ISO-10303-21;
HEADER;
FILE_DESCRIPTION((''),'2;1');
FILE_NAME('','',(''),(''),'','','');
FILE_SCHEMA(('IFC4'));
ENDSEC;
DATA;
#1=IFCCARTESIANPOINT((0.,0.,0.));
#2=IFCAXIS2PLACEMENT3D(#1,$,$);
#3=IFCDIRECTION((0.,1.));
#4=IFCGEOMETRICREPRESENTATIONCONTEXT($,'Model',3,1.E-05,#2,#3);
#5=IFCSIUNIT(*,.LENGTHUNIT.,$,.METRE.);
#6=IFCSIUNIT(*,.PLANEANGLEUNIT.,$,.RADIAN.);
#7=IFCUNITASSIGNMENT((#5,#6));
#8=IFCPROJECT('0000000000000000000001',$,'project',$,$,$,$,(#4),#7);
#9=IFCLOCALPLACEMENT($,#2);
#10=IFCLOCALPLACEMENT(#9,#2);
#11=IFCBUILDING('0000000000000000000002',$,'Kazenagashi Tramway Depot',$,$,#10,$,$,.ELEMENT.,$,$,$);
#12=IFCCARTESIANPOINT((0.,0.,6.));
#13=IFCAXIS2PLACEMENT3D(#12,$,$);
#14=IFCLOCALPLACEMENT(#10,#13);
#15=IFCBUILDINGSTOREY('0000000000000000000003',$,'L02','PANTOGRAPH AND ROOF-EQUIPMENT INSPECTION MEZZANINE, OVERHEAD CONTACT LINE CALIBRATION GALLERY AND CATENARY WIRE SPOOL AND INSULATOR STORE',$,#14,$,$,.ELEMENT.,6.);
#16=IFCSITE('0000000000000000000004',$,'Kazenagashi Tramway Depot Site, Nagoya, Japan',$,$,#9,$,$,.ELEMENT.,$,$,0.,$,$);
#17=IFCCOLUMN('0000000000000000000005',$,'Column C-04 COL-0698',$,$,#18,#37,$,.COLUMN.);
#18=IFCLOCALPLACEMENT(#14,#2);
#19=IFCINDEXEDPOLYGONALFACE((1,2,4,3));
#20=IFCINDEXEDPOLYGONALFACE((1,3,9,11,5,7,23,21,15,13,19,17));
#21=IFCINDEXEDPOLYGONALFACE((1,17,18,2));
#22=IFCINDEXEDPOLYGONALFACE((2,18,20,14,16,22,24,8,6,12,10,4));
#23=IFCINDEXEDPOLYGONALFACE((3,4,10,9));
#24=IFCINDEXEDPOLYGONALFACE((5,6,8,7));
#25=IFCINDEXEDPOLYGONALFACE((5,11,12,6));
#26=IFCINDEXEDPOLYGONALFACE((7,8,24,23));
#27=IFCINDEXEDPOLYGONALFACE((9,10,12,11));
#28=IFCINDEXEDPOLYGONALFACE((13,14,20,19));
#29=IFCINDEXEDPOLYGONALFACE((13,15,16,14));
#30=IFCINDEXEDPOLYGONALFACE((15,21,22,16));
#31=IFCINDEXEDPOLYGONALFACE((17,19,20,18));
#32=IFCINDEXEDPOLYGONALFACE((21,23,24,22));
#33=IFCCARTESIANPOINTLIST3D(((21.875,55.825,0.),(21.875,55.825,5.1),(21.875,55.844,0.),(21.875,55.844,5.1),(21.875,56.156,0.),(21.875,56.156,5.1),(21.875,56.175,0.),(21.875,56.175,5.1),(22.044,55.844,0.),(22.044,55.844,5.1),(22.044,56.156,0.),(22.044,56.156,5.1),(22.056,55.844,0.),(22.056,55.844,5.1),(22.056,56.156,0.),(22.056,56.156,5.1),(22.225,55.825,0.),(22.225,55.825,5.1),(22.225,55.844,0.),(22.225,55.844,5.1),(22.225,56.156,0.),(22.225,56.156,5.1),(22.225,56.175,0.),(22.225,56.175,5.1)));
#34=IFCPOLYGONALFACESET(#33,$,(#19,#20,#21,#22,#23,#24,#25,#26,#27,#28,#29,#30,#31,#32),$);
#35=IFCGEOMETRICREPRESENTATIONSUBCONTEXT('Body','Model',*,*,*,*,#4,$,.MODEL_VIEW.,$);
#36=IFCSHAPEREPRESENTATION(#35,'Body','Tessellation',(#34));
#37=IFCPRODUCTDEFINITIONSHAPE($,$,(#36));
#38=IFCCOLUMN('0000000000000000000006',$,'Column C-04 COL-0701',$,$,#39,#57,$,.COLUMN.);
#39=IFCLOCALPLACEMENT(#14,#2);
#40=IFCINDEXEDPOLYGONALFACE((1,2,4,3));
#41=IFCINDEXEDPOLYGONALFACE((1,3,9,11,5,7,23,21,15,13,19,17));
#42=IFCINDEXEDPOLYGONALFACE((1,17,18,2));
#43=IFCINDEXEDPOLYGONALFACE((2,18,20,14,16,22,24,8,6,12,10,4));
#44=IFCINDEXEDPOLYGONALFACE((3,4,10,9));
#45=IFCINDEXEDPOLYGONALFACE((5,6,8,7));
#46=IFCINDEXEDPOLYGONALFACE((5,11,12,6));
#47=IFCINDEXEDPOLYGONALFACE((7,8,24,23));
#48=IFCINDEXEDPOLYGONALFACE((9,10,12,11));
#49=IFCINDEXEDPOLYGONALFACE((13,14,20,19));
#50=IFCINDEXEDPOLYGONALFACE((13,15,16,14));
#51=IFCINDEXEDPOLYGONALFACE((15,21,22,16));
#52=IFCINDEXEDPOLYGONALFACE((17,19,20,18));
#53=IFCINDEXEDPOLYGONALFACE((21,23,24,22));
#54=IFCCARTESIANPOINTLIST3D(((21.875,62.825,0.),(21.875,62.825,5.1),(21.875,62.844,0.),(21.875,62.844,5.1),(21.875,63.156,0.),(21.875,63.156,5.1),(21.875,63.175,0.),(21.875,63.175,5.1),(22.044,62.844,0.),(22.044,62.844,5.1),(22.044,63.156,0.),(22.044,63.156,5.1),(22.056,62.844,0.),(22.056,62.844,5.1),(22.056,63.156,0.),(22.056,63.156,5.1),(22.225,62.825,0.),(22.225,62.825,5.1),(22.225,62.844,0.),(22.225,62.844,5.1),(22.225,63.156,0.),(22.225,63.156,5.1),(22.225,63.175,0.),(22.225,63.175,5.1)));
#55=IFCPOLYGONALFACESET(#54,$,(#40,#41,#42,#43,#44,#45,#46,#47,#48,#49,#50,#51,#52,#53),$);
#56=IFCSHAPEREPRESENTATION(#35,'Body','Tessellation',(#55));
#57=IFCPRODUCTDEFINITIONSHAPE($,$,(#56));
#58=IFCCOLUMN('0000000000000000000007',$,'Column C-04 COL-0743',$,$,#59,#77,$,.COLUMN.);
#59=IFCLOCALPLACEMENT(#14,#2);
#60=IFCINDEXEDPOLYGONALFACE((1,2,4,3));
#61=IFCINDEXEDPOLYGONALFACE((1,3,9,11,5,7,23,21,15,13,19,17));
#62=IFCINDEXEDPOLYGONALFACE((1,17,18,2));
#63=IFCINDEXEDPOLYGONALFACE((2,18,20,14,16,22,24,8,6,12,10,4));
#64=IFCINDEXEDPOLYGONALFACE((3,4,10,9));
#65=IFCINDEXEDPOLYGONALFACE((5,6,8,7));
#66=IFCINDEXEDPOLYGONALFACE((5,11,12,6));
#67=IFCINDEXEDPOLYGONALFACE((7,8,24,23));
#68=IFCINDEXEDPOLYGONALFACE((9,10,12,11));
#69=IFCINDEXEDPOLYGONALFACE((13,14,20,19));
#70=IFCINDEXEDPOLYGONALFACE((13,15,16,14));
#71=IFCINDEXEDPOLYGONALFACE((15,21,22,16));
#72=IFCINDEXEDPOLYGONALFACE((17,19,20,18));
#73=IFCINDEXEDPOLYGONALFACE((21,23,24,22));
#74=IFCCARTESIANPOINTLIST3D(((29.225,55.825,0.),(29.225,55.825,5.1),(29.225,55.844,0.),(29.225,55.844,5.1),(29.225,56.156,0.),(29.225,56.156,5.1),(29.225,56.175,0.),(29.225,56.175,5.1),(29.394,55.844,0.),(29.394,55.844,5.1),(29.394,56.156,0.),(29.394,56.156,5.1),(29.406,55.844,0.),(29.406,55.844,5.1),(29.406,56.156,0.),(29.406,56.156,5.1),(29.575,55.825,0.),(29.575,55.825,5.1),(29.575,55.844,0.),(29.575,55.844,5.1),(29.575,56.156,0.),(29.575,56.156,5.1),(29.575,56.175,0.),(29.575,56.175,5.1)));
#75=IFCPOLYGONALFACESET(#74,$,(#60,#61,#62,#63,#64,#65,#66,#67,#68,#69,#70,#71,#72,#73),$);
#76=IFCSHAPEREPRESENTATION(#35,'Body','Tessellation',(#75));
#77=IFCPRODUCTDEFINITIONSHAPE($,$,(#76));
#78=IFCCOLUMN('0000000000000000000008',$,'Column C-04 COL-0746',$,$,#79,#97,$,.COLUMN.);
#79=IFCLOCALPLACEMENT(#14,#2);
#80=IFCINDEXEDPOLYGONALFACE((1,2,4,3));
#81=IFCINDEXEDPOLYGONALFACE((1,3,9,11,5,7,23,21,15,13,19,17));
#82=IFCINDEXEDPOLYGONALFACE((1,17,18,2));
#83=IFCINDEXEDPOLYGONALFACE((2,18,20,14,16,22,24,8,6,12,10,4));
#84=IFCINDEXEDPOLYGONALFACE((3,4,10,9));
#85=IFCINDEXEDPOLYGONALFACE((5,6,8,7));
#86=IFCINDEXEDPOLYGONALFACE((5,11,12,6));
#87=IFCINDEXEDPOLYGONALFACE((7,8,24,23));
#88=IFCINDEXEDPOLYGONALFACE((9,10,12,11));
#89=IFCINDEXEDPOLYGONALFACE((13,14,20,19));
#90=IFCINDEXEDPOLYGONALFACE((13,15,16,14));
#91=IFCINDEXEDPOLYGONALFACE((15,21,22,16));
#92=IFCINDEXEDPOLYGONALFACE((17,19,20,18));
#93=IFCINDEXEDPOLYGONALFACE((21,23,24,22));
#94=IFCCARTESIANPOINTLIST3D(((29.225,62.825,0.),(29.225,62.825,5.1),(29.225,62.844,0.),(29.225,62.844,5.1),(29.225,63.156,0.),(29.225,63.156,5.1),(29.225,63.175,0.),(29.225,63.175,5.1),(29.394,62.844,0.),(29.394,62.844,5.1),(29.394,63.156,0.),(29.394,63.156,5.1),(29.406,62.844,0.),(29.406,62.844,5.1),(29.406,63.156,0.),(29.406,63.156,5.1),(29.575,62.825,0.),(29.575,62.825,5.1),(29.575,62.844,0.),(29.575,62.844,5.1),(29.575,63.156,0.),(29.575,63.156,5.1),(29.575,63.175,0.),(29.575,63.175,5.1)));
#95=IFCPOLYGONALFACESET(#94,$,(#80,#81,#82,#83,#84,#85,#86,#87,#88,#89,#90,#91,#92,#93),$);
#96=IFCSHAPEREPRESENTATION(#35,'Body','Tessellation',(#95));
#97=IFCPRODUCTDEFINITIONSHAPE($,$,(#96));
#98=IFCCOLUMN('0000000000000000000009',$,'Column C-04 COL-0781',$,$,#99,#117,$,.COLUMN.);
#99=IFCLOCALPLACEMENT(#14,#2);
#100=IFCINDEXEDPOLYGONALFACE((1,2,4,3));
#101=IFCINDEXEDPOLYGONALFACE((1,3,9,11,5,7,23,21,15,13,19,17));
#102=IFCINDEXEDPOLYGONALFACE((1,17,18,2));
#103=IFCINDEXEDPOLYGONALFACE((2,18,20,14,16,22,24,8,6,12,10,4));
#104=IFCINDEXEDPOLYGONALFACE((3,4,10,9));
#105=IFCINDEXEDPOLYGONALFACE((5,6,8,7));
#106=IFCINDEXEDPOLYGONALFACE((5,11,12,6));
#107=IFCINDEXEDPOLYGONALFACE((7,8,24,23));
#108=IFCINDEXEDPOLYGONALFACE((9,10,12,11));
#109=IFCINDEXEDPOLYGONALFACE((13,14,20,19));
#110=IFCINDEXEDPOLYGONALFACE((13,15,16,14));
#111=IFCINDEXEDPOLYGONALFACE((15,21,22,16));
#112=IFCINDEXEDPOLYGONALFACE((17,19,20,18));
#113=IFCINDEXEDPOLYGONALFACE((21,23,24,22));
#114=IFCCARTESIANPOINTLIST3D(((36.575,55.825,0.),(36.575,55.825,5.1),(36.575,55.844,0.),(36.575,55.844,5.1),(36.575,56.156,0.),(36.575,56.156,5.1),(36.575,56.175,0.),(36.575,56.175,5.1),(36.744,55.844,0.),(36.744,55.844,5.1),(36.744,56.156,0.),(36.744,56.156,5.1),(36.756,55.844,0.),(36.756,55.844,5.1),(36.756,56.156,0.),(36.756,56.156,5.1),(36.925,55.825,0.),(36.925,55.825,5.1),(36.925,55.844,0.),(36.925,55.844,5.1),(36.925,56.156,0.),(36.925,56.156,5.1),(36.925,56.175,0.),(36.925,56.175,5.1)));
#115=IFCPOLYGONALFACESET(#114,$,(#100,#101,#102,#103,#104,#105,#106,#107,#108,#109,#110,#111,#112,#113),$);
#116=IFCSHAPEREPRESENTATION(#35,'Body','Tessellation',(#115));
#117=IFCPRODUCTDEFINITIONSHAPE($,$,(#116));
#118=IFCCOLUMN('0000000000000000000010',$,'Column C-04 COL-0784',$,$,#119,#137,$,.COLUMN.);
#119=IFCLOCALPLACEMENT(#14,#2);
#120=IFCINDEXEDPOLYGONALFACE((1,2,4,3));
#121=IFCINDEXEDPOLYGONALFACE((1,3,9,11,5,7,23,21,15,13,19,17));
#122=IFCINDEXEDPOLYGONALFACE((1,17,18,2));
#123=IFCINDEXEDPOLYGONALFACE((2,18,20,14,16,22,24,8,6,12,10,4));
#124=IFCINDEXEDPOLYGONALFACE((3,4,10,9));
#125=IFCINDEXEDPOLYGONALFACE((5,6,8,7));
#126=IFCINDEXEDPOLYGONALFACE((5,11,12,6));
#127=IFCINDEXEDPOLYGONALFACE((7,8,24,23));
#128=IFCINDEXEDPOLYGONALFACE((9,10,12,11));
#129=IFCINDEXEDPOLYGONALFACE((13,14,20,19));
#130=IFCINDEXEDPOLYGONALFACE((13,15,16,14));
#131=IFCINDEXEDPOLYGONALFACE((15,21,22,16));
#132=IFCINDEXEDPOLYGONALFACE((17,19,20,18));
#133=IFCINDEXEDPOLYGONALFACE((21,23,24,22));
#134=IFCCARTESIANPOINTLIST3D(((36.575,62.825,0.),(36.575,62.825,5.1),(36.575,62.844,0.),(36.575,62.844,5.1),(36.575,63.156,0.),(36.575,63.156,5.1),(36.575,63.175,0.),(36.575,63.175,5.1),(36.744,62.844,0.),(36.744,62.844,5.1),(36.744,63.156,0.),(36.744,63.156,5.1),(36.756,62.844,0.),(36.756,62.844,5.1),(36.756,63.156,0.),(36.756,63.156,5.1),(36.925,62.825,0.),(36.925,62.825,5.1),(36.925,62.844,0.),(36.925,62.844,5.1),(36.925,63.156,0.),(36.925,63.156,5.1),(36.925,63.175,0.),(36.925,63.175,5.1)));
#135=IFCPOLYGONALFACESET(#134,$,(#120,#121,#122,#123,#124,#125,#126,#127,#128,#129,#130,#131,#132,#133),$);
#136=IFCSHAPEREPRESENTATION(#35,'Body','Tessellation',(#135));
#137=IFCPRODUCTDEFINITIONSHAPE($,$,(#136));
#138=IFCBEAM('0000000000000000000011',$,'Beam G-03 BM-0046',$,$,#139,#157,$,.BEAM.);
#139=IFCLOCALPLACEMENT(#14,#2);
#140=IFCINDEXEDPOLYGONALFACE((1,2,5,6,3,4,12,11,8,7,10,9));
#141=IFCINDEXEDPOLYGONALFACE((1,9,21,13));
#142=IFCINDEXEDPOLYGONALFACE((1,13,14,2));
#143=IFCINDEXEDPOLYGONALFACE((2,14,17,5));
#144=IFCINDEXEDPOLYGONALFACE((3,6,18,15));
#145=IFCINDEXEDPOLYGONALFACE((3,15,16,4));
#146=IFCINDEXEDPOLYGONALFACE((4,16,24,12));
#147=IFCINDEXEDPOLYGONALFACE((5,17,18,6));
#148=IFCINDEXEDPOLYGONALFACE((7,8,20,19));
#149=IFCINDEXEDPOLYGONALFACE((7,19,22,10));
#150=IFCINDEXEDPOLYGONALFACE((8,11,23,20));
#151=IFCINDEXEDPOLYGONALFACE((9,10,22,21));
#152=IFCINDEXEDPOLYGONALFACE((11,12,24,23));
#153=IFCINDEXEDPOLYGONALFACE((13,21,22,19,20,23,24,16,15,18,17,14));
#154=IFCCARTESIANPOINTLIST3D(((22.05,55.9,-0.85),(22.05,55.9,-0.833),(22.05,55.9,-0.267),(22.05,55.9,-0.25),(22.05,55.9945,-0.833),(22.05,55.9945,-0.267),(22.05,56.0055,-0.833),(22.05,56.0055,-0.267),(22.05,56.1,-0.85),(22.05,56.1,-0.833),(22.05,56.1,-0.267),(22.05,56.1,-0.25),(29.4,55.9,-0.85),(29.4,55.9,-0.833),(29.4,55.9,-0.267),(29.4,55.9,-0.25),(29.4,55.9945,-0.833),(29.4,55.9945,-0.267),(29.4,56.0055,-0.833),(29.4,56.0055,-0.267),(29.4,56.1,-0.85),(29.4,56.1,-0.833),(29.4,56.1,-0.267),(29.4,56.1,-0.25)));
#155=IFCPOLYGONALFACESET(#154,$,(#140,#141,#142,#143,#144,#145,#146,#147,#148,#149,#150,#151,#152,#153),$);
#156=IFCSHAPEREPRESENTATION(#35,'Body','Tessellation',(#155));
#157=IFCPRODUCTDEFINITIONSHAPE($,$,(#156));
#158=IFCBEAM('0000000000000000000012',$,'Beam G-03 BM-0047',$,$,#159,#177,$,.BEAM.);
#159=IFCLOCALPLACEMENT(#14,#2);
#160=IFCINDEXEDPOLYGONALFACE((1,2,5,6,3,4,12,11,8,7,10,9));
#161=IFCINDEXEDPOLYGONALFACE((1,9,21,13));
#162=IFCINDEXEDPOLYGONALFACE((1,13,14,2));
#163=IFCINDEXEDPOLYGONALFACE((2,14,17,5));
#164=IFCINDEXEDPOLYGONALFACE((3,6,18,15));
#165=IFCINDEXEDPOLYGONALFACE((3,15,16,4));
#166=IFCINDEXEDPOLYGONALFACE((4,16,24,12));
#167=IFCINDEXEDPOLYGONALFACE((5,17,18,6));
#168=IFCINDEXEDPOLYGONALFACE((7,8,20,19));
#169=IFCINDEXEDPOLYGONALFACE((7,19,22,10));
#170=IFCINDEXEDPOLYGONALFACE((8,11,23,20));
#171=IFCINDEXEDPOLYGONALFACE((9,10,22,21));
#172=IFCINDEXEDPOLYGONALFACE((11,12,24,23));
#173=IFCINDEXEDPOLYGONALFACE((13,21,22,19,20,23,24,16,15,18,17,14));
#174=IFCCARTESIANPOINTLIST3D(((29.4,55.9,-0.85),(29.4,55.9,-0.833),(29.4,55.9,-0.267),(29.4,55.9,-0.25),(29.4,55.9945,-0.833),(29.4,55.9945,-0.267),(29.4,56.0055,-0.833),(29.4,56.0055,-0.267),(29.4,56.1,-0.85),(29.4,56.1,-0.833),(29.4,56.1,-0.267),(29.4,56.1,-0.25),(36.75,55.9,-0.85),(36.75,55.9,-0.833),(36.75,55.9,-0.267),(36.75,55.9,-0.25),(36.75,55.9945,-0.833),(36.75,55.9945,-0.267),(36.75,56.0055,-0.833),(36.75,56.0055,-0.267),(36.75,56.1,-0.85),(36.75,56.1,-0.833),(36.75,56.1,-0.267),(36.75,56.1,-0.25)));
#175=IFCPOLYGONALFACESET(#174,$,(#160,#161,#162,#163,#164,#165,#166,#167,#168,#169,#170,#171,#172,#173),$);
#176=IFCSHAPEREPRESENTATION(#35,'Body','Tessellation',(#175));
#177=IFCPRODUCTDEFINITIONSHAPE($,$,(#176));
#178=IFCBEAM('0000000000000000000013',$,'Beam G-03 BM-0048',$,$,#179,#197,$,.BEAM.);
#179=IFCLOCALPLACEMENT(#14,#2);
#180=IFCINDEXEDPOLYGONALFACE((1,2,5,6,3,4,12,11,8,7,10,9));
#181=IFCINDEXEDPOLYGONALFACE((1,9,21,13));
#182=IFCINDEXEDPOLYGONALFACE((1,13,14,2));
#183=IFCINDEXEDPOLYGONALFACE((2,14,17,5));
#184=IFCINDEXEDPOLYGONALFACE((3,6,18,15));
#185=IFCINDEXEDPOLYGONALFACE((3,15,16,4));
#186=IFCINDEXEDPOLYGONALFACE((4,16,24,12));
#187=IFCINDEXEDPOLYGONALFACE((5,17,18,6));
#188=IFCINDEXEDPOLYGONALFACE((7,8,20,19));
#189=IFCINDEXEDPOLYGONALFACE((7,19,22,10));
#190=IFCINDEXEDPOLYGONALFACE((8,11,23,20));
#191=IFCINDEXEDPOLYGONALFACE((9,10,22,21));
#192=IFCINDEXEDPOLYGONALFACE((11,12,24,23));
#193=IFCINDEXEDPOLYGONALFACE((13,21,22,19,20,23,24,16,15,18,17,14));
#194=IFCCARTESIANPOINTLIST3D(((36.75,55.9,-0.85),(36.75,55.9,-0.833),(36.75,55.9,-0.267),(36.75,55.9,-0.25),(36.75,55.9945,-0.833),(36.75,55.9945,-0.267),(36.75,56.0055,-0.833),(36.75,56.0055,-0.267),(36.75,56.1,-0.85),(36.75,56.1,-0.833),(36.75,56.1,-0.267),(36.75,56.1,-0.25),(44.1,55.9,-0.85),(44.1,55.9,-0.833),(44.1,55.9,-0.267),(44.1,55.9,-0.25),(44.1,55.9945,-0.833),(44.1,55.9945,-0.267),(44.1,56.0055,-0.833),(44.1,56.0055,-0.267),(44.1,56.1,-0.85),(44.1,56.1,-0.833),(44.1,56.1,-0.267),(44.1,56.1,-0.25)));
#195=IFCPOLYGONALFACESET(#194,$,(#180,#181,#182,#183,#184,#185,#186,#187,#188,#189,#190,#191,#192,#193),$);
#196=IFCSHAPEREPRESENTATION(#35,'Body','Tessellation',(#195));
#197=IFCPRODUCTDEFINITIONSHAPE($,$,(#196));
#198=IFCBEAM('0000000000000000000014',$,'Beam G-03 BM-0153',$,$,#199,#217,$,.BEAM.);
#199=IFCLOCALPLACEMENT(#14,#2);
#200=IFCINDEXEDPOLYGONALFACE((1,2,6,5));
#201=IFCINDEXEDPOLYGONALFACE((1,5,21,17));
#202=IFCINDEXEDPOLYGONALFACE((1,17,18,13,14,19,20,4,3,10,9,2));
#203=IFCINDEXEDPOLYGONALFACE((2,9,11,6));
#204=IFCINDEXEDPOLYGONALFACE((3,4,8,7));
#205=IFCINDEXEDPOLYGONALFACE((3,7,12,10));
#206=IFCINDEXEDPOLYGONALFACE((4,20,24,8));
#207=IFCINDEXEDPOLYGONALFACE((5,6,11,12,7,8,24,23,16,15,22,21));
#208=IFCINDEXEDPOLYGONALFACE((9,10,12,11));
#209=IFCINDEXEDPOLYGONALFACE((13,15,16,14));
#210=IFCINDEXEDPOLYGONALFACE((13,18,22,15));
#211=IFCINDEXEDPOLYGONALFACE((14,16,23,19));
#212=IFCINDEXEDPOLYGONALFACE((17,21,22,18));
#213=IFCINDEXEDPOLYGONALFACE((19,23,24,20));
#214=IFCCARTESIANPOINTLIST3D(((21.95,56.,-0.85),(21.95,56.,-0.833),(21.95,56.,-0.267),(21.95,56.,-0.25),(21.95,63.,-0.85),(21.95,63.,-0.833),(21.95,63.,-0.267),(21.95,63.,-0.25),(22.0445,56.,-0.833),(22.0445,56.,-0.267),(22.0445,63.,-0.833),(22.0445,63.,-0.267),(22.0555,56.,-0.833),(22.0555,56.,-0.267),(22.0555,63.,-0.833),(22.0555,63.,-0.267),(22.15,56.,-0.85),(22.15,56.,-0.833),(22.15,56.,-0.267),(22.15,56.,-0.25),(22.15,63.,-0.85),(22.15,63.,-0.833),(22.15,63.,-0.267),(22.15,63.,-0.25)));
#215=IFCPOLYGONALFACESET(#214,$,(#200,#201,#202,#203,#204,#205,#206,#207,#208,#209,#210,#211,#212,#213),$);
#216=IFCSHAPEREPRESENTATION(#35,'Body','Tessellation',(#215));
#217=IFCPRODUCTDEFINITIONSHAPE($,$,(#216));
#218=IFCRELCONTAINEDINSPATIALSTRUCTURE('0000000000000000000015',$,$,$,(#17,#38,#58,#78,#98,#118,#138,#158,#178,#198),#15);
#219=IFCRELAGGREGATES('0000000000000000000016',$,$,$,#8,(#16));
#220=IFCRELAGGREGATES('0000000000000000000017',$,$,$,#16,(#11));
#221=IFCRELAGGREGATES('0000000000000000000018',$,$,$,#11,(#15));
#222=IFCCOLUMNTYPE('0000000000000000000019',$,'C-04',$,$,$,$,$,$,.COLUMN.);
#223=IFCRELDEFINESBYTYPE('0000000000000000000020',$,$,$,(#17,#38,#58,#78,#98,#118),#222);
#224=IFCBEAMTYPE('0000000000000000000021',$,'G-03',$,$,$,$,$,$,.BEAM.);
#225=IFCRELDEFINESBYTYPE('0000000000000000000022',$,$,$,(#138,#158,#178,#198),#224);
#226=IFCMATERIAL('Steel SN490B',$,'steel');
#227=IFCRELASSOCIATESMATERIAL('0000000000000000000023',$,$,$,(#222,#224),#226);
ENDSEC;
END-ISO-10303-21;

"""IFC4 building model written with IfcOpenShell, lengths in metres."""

from ifc_helpers import new_model, si_unit, direction, frame, origin, origin_2d, place, context, subcontext, project, spatial, i_section, extrude, material, material_profile, profile_set, type_object, element, save


model = new_model("IFC4")

# Units and contexts
model_context = context("Model", 3, precision=1e-05, world=origin(), true_north=direction((0.0, 1.0)))
body_context = subcontext(model_context, "Body", "Model", "MODEL_VIEW")
ifc_project = project(units=[si_unit("LENGTHUNIT", "METRE"), si_unit("PLANEANGLEUNIT", "RADIAN")], contexts=[model_context])

# Site, building, storey
site_placement = place(None, origin())
site = spatial("IfcSite", under=ifc_project, at=site_placement, Name="Kazenagashi Tramway Depot Site, Nagoya, Japan", CompositionType="ELEMENT", RefElevation=0.0)
building_placement = place(site_placement, origin())
building = spatial("IfcBuilding", under=site, at=building_placement, Name="Kazenagashi Tramway Depot", CompositionType="ELEMENT")
storey_placement = place(building_placement, frame((0.0, 0.0, 6.0)))
storey = spatial("IfcBuildingStorey", under=building, at=storey_placement, Name="L02", Description="PANTOGRAPH AND ROOF-EQUIPMENT INSPECTION MEZZANINE, OVERHEAD CONTACT LINE CALIBRATION GALLERY AND CATENARY WIRE SPOOL AND INSULATOR STORE", CompositionType="ELEMENT", Elevation=6.0)

# Columns
ifc_material_1 = material(Name="Steel SN490B", Category="steel")
ifc_material_profile_1 = material_profile(ifc_material_1, i_section(OverallWidth=0.35, OverallDepth=0.35, WebThickness=0.012, FlangeThickness=0.019, at=origin_2d()), Name="H-350x350x12x19")
ifc_profile_set_1 = profile_set([ifc_material_profile_1], Name="Steel SN490B")
column_type = type_object("IfcColumnType", Name="C-04", PredefinedType="COLUMN", material=ifc_profile_set_1)
for number, where, z_axis, x_axis, name in (
    (1, (22.05, 56.0, 0.0), (0.0, 0.0, 1.0), (1.0, 0.0, 0.0), "Column C-04 COL-0698"),
    (2, (22.05, 63.0, 0.0), (0.0, 0.0, 1.0), (1.0, 0.0, 0.0), "Column C-04 COL-0701"),
    (3, (29.4, 56.0, 0.0), (0.0, 0.0, 1.0), (1.0, 0.0, 0.0), "Column C-04 COL-0743"),
    (4, (29.4, 63.0, 0.0), (0.0, 0.0, 1.0), (1.0, 0.0, 0.0), "Column C-04 COL-0746"),
    (5, (36.75, 56.0, 0.0), (0.0, 0.0, 1.0), (1.0, 0.0, 0.0), "Column C-04 COL-0781"),
    (6, (36.75, 63.0, 0.0), (0.0, 0.0, 1.0), (1.0, 0.0, 0.0), "Column C-04 COL-0784"),
):
    element("IfcColumn", number, at=place(storey_placement, frame(where, z_axis=z_axis, x_axis=x_axis)), inside=storey, type_object=column_type, Name=name, PredefinedType="COLUMN", context=body_context, shape_type="SweptSolid", body=[
        extrude(i_section(OverallWidth=0.35, OverallDepth=0.35, WebThickness=0.012, FlangeThickness=0.019, at=origin_2d()), origin(), (0.0, 0.0, 1.0), 5.1),
    ])

# Beams
ifc_material_profile_2 = material_profile(ifc_material_1, i_section(OverallWidth=0.2, OverallDepth=0.6, WebThickness=0.011, FlangeThickness=0.017, at=origin_2d()), Name="H-600x200x11x17")
ifc_profile_set_2 = profile_set([ifc_material_profile_2], Name="Steel SN490B")
beam_type_1 = type_object("IfcBeamType", Name="G-03", PredefinedType="BEAM", material=ifc_profile_set_2)
for number, where, z_axis, x_axis, name in (
    (7, (22.05, 56.0, -0.55), (1.0, 0.0, 0.0), (0.0, 1.0, 0.0), "Beam G-03 BM-0046"),
    (8, (29.4, 56.0, -0.55), (1.0, 0.0, 0.0), (0.0, 1.0, 0.0), "Beam G-03 BM-0047"),
    (9, (36.75, 56.0, -0.55), (1.0, 0.0, 0.0), (0.0, 1.0, 0.0), "Beam G-03 BM-0048"),
):
    element("IfcBeam", number, at=place(storey_placement, frame(where, z_axis=z_axis, x_axis=x_axis)), inside=storey, type_object=beam_type_1, Name=name, PredefinedType="BEAM", context=body_context, shape_type="SweptSolid", body=[
        extrude(i_section(OverallWidth=0.2, OverallDepth=0.6, WebThickness=0.011, FlangeThickness=0.017, at=origin_2d()), origin(), (0.0, 0.0, 1.0), 7.35),
    ])
for number, where, z_axis, x_axis, name in (
    (10, (22.05, 56.0, -0.55), (0.0, 1.0, 0.0), (-1.0, 0.0, 0.0), "Beam G-03 BM-0153"),
):
    element("IfcBeam", number, at=place(storey_placement, frame(where, z_axis=z_axis, x_axis=x_axis)), inside=storey, type_object=beam_type_1, Name=name, PredefinedType="BEAM", context=body_context, shape_type="SweptSolid", body=[
        extrude(i_section(OverallWidth=0.2, OverallDepth=0.6, WebThickness=0.011, FlangeThickness=0.017, at=origin_2d()), origin(), (0.0, 0.0, 1.0), 7.0),
    ])

save(model, "model.ifc")
